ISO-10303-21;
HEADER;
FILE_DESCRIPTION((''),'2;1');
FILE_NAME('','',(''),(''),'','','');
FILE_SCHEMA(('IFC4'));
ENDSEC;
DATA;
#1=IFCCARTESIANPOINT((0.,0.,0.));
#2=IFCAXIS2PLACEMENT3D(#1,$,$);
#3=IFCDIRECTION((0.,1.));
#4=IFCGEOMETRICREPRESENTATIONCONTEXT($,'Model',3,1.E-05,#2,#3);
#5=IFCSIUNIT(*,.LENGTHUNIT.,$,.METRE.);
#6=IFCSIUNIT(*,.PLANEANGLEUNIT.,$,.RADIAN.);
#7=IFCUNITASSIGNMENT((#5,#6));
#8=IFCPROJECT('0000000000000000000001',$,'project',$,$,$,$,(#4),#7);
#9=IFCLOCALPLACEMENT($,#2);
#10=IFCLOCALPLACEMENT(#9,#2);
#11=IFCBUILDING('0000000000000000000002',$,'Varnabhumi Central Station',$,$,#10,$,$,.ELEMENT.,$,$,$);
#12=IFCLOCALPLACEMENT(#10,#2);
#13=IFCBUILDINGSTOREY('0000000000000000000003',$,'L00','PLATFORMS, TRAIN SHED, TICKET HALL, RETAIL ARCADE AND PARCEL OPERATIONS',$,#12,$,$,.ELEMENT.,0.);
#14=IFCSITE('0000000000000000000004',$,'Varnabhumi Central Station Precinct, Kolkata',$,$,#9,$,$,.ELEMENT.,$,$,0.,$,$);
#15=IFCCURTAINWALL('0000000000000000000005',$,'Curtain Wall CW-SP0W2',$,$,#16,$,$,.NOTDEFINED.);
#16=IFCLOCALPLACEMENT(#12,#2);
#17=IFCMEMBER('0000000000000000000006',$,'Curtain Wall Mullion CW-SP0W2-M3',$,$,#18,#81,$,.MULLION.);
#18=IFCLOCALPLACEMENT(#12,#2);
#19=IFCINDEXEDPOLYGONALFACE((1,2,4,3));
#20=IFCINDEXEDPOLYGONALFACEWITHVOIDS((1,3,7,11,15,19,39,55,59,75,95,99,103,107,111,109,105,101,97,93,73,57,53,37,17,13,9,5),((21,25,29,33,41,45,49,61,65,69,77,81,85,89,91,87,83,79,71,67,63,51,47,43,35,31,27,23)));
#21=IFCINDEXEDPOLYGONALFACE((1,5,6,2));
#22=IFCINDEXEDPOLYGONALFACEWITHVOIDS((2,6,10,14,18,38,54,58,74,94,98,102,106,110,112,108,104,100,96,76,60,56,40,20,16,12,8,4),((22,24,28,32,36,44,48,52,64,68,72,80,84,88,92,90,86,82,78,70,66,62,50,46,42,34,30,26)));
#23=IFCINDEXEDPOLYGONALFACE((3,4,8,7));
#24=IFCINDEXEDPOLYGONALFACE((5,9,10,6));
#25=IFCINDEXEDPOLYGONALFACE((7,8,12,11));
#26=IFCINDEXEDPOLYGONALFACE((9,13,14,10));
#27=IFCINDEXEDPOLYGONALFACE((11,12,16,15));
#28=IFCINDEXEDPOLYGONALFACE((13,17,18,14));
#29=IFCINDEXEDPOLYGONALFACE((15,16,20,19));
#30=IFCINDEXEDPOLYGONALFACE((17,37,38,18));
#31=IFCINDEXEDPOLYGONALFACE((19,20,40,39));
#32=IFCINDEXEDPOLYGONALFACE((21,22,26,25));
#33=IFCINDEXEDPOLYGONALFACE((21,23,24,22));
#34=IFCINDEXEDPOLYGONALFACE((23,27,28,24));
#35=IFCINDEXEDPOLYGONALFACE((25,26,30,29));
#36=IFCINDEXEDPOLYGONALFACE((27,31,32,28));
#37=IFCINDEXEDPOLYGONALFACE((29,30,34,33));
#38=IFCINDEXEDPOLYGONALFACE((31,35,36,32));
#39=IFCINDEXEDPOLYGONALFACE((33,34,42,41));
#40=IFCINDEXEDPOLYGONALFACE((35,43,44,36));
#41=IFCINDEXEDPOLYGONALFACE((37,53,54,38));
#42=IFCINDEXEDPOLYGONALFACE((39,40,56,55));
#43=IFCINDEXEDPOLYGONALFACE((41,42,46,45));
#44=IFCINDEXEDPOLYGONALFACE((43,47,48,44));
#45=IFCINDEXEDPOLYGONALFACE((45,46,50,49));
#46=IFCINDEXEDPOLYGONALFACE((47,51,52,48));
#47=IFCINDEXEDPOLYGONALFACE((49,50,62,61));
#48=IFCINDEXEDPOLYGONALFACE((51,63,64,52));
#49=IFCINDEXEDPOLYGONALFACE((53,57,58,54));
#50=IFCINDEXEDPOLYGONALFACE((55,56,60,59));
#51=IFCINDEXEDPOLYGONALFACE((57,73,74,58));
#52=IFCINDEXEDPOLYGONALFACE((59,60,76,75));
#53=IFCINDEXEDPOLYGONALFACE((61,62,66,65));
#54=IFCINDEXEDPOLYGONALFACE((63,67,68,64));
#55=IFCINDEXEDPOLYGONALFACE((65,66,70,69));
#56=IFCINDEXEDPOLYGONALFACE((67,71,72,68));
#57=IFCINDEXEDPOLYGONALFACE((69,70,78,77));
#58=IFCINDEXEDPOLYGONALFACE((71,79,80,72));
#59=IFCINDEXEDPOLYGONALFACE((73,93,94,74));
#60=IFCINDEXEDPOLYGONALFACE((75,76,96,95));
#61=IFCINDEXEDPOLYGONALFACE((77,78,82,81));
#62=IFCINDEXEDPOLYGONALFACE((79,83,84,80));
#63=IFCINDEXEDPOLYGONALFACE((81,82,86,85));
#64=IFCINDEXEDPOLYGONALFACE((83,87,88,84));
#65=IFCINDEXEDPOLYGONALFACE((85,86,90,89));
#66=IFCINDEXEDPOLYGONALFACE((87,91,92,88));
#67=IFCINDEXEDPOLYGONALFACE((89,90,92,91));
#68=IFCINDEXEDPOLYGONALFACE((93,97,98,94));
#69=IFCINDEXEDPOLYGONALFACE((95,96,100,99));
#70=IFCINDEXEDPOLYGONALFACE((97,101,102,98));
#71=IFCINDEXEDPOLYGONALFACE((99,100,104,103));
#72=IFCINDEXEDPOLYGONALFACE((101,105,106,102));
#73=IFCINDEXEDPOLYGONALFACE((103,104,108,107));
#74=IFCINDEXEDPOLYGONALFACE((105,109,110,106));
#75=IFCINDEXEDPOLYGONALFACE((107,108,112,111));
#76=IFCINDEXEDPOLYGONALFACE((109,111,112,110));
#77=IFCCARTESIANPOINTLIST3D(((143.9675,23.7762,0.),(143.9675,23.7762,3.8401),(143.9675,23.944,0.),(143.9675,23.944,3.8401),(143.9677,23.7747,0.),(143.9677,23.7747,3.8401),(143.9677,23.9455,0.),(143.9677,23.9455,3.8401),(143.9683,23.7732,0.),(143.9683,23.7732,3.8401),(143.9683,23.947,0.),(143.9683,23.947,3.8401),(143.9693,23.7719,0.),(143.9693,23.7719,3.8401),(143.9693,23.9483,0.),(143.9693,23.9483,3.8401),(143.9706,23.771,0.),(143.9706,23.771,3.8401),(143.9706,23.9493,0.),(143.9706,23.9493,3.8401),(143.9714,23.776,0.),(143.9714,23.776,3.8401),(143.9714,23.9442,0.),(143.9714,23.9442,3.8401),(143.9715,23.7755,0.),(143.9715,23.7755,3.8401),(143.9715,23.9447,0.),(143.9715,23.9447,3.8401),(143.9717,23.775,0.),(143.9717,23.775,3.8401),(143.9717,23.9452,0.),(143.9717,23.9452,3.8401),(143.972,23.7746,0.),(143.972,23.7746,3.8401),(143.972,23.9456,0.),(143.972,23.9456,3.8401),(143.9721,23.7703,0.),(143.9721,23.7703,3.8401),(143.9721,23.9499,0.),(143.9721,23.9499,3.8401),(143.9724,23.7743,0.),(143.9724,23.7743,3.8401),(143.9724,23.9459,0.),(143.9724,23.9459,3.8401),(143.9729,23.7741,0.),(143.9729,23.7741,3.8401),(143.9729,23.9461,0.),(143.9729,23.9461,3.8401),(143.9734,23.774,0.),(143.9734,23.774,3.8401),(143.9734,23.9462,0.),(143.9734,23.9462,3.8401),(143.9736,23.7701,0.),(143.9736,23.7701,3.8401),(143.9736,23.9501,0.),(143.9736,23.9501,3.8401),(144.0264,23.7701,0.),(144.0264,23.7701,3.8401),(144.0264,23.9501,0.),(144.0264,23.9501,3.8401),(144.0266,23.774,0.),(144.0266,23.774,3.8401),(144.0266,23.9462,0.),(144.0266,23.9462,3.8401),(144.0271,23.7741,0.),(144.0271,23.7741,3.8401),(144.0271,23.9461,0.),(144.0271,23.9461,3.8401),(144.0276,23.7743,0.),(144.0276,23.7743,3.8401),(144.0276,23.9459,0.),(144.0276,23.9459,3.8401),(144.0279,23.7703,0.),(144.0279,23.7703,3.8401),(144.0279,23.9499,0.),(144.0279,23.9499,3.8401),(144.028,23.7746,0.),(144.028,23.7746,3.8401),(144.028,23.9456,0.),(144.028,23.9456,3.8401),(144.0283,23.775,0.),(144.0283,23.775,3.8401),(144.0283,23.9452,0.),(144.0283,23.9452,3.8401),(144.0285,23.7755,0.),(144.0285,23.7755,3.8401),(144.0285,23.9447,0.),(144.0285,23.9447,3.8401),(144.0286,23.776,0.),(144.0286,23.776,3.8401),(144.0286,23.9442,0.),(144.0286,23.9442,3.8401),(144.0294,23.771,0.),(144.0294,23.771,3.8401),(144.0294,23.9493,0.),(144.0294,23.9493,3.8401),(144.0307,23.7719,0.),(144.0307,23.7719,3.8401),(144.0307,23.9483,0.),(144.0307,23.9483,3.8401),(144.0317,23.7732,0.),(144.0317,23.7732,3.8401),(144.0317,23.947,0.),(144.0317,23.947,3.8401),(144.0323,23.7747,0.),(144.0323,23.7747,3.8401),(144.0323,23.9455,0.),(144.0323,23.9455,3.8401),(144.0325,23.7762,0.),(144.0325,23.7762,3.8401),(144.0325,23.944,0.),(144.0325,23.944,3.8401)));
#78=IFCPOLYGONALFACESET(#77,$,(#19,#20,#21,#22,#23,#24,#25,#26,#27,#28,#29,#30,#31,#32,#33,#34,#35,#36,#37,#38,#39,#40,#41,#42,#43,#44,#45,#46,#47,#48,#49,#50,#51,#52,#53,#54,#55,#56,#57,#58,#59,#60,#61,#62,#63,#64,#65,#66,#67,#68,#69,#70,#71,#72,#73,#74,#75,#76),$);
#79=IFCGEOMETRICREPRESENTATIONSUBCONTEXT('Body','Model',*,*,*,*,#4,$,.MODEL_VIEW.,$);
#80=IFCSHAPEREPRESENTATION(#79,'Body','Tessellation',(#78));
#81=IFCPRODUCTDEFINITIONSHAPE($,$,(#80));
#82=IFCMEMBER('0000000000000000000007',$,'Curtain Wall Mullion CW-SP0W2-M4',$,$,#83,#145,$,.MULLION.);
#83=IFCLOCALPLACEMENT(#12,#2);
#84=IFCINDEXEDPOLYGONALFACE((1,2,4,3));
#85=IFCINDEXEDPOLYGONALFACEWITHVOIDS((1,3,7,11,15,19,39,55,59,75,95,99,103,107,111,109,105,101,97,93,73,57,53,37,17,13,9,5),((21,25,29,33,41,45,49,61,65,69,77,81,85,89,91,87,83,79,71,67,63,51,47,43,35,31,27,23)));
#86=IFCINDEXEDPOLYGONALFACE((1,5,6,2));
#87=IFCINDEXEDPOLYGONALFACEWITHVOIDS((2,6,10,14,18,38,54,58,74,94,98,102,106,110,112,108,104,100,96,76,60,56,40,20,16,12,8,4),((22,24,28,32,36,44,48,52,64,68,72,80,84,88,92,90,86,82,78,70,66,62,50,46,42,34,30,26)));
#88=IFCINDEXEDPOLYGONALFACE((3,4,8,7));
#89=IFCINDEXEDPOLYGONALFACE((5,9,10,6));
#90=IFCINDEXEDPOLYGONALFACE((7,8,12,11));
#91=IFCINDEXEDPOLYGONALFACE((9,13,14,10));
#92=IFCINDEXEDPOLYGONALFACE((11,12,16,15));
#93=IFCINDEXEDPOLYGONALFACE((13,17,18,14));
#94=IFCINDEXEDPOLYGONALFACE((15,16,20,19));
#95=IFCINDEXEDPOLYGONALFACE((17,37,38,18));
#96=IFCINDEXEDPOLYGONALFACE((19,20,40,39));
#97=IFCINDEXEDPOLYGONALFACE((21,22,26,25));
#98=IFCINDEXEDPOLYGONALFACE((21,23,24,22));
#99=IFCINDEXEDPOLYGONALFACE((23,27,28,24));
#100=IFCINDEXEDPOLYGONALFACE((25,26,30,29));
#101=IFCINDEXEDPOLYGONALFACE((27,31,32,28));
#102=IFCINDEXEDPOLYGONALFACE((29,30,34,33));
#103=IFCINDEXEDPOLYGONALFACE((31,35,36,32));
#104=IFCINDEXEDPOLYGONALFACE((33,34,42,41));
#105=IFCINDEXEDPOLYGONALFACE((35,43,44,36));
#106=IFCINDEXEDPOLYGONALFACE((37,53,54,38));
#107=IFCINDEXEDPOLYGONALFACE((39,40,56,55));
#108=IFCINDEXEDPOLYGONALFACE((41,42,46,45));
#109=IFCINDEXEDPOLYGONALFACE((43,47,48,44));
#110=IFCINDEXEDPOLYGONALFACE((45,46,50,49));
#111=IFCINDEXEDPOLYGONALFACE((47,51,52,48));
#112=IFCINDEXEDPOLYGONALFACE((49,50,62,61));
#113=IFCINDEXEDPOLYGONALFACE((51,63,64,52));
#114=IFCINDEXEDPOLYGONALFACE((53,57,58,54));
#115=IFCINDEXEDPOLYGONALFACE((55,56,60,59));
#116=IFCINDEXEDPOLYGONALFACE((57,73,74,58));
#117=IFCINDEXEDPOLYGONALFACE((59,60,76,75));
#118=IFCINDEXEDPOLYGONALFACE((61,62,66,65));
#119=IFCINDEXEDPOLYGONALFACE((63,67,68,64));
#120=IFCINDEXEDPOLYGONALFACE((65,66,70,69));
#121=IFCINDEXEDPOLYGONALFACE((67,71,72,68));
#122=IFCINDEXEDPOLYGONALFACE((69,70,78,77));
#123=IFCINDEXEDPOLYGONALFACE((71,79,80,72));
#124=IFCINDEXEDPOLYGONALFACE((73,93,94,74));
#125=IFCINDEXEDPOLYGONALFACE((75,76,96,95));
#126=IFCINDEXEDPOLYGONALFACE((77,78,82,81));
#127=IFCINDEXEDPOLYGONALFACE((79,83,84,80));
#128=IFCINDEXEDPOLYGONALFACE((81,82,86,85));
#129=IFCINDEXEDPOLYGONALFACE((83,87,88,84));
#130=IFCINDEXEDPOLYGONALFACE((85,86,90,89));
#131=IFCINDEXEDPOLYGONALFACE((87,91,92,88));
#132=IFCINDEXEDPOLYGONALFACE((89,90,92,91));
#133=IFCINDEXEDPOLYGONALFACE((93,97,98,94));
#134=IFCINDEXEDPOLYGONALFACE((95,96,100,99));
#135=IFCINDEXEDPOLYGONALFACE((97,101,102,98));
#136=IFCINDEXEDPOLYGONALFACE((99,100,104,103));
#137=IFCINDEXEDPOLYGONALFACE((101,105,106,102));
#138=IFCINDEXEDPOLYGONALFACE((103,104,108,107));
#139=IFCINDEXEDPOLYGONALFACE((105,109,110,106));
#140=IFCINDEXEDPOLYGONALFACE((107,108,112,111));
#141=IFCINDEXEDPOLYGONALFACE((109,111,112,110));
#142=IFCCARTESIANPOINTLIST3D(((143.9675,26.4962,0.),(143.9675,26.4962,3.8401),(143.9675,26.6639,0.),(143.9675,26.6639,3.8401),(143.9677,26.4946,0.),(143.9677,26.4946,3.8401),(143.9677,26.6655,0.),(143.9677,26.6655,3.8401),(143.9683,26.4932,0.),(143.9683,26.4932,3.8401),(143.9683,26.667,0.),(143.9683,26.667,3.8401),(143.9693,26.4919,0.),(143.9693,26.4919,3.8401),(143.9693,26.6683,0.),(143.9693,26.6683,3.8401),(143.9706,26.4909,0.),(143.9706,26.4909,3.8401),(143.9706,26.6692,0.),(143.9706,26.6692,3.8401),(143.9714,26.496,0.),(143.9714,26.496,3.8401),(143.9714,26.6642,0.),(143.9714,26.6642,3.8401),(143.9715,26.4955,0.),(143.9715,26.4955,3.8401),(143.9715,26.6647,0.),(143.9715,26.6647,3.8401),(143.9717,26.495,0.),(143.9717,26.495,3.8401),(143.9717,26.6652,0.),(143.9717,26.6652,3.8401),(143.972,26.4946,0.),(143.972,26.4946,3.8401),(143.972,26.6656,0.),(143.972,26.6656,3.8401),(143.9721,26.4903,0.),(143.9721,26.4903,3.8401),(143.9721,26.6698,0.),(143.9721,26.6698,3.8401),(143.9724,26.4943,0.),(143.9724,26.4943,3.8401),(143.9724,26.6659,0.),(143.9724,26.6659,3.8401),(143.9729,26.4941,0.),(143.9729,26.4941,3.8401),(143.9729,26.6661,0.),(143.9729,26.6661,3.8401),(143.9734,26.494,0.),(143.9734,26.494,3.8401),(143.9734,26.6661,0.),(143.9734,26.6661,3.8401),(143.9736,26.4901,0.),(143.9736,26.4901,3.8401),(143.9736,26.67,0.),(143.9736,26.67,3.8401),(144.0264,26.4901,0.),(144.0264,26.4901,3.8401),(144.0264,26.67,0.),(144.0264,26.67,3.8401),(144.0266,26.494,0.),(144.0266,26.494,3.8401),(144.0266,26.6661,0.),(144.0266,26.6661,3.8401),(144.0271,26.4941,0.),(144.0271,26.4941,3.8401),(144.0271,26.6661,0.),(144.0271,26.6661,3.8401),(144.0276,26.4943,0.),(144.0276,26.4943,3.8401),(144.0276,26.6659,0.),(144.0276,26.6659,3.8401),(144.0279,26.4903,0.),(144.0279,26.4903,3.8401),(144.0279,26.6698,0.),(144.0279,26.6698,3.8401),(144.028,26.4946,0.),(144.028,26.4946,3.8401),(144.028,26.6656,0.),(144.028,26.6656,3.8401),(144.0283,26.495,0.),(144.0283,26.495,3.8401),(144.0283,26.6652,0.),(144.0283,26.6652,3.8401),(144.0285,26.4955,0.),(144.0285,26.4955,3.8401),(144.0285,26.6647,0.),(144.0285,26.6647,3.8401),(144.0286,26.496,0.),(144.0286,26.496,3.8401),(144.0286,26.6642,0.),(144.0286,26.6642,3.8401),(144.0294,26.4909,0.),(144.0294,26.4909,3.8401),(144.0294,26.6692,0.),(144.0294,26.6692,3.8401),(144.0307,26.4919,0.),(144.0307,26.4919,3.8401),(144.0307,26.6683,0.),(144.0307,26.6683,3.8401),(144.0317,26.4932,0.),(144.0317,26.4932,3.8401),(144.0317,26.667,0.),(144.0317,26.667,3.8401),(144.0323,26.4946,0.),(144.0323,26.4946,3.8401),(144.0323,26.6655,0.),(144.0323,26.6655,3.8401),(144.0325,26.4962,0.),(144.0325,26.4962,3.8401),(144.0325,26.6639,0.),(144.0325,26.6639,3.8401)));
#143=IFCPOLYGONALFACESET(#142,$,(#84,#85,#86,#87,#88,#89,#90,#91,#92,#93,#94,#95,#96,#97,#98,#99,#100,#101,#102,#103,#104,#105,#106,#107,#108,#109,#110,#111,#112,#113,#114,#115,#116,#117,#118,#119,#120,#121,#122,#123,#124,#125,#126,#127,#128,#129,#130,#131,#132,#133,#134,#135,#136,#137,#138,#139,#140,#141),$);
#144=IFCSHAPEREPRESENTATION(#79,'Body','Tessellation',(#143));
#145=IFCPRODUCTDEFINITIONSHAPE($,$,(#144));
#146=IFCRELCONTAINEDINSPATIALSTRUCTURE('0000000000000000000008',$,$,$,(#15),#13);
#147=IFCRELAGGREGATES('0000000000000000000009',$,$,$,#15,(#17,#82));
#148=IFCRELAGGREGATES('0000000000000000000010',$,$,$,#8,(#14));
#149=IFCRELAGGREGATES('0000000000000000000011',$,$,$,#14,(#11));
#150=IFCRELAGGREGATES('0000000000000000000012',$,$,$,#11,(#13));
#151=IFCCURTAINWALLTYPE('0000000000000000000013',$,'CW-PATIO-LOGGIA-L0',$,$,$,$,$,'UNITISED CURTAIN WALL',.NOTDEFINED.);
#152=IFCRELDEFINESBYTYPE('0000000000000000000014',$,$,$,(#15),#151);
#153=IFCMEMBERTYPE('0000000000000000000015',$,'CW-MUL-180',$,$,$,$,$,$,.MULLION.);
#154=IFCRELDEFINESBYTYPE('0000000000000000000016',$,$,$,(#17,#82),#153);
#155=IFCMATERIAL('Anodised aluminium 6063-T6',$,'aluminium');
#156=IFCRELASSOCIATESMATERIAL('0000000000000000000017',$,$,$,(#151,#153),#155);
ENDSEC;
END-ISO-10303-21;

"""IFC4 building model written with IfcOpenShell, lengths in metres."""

from ifc_helpers import new_model, si_unit, direction, frame, origin, origin_2d, place, context, subcontext, project, spatial, hollow_rectangle, extrude, material, material_profile, profile_set, type_object, element, aggregate, save


model = new_model("IFC4")

# Units and contexts
model_context = context("Model", 3, precision=1e-05, world=origin(), true_north=direction((0.0, 1.0)))
body_context = subcontext(model_context, "Body", "Model", "MODEL_VIEW")
ifc_project = project(units=[si_unit("LENGTHUNIT", "METRE"), si_unit("PLANEANGLEUNIT", "RADIAN")], contexts=[model_context])

# Site, building, storey
site_placement = place(None, origin())
site = spatial("IfcSite", under=ifc_project, at=site_placement, Name="Varnabhumi Central Station Precinct, Kolkata", CompositionType="ELEMENT", RefElevation=0.0)
building_placement = place(site_placement, origin())
building = spatial("IfcBuilding", under=site, at=building_placement, Name="Varnabhumi Central Station", CompositionType="ELEMENT")
storey_placement = place(building_placement, origin())
storey = spatial("IfcBuildingStorey", under=building, at=storey_placement, Name="L00", Description="PLATFORMS, TRAIN SHED, TICKET HALL, RETAIL ARCADE AND PARCEL OPERATIONS", CompositionType="ELEMENT", Elevation=0.0)

# Shared definitions
ifc_material_1 = material(Name="Anodised aluminium 6063-T6", Category="aluminium")
curtain_wall_type = type_object("IfcCurtainWallType", Name="CW-PATIO-LOGGIA-L0", ElementType="UNITISED CURTAIN WALL", PredefinedType="NOTDEFINED", material=ifc_material_1)
ifc_material_profile_1 = material_profile(ifc_material_1, hollow_rectangle(XDim=0.0649, YDim=0.1799, WallThickness=0.0039, InnerFilletRadius=0.002, OuterFilletRadius=0.0061, at=origin_2d()), Name="Anodised aluminium 6063-T6", Category="aluminium")
ifc_profile_set_1 = profile_set([ifc_material_profile_1], Name="Anodised aluminium 6063-T6")
member_type_1 = type_object("IfcMemberType", Name="CW-MUL-180", PredefinedType="MULLION", material=ifc_profile_set_1)

# Curtain wall, members
curtain_wall_1_placement = place(storey_placement, origin())
curtain_wall_1 = element("IfcCurtainWall", 1, at=curtain_wall_1_placement, inside=storey, type_object=curtain_wall_type, Name="Curtain Wall CW-SP0W2", PredefinedType="NOTDEFINED")
member_1_placement = place(storey_placement, frame((144.0, 23.8601, 0.0), z_axis=(0.0, 0.0, 1.0), x_axis=(1.0, 0.0, 0.0)))
member_1 = element("IfcMember", 2, at=member_1_placement, type_object=member_type_1, Name="Curtain Wall Mullion CW-SP0W2-M3", PredefinedType="MULLION", context=body_context, shape_type="SweptSolid", body=[
    extrude(hollow_rectangle(XDim=0.0649, YDim=0.1799, WallThickness=0.0039, InnerFilletRadius=0.002, OuterFilletRadius=0.0061, at=origin_2d()), origin(), (0.0, 0.0, 1.0), 3.8401),
])
member_2_placement = place(storey_placement, frame((144.0, 26.5801, 0.0), z_axis=(0.0, 0.0, 1.0), x_axis=(1.0, 0.0, 0.0)))
member_2 = element("IfcMember", 3, at=member_2_placement, type_object=member_type_1, Name="Curtain Wall Mullion CW-SP0W2-M4", PredefinedType="MULLION", context=body_context, shape_type="SweptSolid", body=[
    extrude(hollow_rectangle(XDim=0.0649, YDim=0.1799, WallThickness=0.0039, InnerFilletRadius=0.002, OuterFilletRadius=0.0061, at=origin_2d()), origin(), (0.0, 0.0, 1.0), 3.8401),
])

aggregate(curtain_wall_1, [member_1, member_2])

save(model, "model.ifc")
